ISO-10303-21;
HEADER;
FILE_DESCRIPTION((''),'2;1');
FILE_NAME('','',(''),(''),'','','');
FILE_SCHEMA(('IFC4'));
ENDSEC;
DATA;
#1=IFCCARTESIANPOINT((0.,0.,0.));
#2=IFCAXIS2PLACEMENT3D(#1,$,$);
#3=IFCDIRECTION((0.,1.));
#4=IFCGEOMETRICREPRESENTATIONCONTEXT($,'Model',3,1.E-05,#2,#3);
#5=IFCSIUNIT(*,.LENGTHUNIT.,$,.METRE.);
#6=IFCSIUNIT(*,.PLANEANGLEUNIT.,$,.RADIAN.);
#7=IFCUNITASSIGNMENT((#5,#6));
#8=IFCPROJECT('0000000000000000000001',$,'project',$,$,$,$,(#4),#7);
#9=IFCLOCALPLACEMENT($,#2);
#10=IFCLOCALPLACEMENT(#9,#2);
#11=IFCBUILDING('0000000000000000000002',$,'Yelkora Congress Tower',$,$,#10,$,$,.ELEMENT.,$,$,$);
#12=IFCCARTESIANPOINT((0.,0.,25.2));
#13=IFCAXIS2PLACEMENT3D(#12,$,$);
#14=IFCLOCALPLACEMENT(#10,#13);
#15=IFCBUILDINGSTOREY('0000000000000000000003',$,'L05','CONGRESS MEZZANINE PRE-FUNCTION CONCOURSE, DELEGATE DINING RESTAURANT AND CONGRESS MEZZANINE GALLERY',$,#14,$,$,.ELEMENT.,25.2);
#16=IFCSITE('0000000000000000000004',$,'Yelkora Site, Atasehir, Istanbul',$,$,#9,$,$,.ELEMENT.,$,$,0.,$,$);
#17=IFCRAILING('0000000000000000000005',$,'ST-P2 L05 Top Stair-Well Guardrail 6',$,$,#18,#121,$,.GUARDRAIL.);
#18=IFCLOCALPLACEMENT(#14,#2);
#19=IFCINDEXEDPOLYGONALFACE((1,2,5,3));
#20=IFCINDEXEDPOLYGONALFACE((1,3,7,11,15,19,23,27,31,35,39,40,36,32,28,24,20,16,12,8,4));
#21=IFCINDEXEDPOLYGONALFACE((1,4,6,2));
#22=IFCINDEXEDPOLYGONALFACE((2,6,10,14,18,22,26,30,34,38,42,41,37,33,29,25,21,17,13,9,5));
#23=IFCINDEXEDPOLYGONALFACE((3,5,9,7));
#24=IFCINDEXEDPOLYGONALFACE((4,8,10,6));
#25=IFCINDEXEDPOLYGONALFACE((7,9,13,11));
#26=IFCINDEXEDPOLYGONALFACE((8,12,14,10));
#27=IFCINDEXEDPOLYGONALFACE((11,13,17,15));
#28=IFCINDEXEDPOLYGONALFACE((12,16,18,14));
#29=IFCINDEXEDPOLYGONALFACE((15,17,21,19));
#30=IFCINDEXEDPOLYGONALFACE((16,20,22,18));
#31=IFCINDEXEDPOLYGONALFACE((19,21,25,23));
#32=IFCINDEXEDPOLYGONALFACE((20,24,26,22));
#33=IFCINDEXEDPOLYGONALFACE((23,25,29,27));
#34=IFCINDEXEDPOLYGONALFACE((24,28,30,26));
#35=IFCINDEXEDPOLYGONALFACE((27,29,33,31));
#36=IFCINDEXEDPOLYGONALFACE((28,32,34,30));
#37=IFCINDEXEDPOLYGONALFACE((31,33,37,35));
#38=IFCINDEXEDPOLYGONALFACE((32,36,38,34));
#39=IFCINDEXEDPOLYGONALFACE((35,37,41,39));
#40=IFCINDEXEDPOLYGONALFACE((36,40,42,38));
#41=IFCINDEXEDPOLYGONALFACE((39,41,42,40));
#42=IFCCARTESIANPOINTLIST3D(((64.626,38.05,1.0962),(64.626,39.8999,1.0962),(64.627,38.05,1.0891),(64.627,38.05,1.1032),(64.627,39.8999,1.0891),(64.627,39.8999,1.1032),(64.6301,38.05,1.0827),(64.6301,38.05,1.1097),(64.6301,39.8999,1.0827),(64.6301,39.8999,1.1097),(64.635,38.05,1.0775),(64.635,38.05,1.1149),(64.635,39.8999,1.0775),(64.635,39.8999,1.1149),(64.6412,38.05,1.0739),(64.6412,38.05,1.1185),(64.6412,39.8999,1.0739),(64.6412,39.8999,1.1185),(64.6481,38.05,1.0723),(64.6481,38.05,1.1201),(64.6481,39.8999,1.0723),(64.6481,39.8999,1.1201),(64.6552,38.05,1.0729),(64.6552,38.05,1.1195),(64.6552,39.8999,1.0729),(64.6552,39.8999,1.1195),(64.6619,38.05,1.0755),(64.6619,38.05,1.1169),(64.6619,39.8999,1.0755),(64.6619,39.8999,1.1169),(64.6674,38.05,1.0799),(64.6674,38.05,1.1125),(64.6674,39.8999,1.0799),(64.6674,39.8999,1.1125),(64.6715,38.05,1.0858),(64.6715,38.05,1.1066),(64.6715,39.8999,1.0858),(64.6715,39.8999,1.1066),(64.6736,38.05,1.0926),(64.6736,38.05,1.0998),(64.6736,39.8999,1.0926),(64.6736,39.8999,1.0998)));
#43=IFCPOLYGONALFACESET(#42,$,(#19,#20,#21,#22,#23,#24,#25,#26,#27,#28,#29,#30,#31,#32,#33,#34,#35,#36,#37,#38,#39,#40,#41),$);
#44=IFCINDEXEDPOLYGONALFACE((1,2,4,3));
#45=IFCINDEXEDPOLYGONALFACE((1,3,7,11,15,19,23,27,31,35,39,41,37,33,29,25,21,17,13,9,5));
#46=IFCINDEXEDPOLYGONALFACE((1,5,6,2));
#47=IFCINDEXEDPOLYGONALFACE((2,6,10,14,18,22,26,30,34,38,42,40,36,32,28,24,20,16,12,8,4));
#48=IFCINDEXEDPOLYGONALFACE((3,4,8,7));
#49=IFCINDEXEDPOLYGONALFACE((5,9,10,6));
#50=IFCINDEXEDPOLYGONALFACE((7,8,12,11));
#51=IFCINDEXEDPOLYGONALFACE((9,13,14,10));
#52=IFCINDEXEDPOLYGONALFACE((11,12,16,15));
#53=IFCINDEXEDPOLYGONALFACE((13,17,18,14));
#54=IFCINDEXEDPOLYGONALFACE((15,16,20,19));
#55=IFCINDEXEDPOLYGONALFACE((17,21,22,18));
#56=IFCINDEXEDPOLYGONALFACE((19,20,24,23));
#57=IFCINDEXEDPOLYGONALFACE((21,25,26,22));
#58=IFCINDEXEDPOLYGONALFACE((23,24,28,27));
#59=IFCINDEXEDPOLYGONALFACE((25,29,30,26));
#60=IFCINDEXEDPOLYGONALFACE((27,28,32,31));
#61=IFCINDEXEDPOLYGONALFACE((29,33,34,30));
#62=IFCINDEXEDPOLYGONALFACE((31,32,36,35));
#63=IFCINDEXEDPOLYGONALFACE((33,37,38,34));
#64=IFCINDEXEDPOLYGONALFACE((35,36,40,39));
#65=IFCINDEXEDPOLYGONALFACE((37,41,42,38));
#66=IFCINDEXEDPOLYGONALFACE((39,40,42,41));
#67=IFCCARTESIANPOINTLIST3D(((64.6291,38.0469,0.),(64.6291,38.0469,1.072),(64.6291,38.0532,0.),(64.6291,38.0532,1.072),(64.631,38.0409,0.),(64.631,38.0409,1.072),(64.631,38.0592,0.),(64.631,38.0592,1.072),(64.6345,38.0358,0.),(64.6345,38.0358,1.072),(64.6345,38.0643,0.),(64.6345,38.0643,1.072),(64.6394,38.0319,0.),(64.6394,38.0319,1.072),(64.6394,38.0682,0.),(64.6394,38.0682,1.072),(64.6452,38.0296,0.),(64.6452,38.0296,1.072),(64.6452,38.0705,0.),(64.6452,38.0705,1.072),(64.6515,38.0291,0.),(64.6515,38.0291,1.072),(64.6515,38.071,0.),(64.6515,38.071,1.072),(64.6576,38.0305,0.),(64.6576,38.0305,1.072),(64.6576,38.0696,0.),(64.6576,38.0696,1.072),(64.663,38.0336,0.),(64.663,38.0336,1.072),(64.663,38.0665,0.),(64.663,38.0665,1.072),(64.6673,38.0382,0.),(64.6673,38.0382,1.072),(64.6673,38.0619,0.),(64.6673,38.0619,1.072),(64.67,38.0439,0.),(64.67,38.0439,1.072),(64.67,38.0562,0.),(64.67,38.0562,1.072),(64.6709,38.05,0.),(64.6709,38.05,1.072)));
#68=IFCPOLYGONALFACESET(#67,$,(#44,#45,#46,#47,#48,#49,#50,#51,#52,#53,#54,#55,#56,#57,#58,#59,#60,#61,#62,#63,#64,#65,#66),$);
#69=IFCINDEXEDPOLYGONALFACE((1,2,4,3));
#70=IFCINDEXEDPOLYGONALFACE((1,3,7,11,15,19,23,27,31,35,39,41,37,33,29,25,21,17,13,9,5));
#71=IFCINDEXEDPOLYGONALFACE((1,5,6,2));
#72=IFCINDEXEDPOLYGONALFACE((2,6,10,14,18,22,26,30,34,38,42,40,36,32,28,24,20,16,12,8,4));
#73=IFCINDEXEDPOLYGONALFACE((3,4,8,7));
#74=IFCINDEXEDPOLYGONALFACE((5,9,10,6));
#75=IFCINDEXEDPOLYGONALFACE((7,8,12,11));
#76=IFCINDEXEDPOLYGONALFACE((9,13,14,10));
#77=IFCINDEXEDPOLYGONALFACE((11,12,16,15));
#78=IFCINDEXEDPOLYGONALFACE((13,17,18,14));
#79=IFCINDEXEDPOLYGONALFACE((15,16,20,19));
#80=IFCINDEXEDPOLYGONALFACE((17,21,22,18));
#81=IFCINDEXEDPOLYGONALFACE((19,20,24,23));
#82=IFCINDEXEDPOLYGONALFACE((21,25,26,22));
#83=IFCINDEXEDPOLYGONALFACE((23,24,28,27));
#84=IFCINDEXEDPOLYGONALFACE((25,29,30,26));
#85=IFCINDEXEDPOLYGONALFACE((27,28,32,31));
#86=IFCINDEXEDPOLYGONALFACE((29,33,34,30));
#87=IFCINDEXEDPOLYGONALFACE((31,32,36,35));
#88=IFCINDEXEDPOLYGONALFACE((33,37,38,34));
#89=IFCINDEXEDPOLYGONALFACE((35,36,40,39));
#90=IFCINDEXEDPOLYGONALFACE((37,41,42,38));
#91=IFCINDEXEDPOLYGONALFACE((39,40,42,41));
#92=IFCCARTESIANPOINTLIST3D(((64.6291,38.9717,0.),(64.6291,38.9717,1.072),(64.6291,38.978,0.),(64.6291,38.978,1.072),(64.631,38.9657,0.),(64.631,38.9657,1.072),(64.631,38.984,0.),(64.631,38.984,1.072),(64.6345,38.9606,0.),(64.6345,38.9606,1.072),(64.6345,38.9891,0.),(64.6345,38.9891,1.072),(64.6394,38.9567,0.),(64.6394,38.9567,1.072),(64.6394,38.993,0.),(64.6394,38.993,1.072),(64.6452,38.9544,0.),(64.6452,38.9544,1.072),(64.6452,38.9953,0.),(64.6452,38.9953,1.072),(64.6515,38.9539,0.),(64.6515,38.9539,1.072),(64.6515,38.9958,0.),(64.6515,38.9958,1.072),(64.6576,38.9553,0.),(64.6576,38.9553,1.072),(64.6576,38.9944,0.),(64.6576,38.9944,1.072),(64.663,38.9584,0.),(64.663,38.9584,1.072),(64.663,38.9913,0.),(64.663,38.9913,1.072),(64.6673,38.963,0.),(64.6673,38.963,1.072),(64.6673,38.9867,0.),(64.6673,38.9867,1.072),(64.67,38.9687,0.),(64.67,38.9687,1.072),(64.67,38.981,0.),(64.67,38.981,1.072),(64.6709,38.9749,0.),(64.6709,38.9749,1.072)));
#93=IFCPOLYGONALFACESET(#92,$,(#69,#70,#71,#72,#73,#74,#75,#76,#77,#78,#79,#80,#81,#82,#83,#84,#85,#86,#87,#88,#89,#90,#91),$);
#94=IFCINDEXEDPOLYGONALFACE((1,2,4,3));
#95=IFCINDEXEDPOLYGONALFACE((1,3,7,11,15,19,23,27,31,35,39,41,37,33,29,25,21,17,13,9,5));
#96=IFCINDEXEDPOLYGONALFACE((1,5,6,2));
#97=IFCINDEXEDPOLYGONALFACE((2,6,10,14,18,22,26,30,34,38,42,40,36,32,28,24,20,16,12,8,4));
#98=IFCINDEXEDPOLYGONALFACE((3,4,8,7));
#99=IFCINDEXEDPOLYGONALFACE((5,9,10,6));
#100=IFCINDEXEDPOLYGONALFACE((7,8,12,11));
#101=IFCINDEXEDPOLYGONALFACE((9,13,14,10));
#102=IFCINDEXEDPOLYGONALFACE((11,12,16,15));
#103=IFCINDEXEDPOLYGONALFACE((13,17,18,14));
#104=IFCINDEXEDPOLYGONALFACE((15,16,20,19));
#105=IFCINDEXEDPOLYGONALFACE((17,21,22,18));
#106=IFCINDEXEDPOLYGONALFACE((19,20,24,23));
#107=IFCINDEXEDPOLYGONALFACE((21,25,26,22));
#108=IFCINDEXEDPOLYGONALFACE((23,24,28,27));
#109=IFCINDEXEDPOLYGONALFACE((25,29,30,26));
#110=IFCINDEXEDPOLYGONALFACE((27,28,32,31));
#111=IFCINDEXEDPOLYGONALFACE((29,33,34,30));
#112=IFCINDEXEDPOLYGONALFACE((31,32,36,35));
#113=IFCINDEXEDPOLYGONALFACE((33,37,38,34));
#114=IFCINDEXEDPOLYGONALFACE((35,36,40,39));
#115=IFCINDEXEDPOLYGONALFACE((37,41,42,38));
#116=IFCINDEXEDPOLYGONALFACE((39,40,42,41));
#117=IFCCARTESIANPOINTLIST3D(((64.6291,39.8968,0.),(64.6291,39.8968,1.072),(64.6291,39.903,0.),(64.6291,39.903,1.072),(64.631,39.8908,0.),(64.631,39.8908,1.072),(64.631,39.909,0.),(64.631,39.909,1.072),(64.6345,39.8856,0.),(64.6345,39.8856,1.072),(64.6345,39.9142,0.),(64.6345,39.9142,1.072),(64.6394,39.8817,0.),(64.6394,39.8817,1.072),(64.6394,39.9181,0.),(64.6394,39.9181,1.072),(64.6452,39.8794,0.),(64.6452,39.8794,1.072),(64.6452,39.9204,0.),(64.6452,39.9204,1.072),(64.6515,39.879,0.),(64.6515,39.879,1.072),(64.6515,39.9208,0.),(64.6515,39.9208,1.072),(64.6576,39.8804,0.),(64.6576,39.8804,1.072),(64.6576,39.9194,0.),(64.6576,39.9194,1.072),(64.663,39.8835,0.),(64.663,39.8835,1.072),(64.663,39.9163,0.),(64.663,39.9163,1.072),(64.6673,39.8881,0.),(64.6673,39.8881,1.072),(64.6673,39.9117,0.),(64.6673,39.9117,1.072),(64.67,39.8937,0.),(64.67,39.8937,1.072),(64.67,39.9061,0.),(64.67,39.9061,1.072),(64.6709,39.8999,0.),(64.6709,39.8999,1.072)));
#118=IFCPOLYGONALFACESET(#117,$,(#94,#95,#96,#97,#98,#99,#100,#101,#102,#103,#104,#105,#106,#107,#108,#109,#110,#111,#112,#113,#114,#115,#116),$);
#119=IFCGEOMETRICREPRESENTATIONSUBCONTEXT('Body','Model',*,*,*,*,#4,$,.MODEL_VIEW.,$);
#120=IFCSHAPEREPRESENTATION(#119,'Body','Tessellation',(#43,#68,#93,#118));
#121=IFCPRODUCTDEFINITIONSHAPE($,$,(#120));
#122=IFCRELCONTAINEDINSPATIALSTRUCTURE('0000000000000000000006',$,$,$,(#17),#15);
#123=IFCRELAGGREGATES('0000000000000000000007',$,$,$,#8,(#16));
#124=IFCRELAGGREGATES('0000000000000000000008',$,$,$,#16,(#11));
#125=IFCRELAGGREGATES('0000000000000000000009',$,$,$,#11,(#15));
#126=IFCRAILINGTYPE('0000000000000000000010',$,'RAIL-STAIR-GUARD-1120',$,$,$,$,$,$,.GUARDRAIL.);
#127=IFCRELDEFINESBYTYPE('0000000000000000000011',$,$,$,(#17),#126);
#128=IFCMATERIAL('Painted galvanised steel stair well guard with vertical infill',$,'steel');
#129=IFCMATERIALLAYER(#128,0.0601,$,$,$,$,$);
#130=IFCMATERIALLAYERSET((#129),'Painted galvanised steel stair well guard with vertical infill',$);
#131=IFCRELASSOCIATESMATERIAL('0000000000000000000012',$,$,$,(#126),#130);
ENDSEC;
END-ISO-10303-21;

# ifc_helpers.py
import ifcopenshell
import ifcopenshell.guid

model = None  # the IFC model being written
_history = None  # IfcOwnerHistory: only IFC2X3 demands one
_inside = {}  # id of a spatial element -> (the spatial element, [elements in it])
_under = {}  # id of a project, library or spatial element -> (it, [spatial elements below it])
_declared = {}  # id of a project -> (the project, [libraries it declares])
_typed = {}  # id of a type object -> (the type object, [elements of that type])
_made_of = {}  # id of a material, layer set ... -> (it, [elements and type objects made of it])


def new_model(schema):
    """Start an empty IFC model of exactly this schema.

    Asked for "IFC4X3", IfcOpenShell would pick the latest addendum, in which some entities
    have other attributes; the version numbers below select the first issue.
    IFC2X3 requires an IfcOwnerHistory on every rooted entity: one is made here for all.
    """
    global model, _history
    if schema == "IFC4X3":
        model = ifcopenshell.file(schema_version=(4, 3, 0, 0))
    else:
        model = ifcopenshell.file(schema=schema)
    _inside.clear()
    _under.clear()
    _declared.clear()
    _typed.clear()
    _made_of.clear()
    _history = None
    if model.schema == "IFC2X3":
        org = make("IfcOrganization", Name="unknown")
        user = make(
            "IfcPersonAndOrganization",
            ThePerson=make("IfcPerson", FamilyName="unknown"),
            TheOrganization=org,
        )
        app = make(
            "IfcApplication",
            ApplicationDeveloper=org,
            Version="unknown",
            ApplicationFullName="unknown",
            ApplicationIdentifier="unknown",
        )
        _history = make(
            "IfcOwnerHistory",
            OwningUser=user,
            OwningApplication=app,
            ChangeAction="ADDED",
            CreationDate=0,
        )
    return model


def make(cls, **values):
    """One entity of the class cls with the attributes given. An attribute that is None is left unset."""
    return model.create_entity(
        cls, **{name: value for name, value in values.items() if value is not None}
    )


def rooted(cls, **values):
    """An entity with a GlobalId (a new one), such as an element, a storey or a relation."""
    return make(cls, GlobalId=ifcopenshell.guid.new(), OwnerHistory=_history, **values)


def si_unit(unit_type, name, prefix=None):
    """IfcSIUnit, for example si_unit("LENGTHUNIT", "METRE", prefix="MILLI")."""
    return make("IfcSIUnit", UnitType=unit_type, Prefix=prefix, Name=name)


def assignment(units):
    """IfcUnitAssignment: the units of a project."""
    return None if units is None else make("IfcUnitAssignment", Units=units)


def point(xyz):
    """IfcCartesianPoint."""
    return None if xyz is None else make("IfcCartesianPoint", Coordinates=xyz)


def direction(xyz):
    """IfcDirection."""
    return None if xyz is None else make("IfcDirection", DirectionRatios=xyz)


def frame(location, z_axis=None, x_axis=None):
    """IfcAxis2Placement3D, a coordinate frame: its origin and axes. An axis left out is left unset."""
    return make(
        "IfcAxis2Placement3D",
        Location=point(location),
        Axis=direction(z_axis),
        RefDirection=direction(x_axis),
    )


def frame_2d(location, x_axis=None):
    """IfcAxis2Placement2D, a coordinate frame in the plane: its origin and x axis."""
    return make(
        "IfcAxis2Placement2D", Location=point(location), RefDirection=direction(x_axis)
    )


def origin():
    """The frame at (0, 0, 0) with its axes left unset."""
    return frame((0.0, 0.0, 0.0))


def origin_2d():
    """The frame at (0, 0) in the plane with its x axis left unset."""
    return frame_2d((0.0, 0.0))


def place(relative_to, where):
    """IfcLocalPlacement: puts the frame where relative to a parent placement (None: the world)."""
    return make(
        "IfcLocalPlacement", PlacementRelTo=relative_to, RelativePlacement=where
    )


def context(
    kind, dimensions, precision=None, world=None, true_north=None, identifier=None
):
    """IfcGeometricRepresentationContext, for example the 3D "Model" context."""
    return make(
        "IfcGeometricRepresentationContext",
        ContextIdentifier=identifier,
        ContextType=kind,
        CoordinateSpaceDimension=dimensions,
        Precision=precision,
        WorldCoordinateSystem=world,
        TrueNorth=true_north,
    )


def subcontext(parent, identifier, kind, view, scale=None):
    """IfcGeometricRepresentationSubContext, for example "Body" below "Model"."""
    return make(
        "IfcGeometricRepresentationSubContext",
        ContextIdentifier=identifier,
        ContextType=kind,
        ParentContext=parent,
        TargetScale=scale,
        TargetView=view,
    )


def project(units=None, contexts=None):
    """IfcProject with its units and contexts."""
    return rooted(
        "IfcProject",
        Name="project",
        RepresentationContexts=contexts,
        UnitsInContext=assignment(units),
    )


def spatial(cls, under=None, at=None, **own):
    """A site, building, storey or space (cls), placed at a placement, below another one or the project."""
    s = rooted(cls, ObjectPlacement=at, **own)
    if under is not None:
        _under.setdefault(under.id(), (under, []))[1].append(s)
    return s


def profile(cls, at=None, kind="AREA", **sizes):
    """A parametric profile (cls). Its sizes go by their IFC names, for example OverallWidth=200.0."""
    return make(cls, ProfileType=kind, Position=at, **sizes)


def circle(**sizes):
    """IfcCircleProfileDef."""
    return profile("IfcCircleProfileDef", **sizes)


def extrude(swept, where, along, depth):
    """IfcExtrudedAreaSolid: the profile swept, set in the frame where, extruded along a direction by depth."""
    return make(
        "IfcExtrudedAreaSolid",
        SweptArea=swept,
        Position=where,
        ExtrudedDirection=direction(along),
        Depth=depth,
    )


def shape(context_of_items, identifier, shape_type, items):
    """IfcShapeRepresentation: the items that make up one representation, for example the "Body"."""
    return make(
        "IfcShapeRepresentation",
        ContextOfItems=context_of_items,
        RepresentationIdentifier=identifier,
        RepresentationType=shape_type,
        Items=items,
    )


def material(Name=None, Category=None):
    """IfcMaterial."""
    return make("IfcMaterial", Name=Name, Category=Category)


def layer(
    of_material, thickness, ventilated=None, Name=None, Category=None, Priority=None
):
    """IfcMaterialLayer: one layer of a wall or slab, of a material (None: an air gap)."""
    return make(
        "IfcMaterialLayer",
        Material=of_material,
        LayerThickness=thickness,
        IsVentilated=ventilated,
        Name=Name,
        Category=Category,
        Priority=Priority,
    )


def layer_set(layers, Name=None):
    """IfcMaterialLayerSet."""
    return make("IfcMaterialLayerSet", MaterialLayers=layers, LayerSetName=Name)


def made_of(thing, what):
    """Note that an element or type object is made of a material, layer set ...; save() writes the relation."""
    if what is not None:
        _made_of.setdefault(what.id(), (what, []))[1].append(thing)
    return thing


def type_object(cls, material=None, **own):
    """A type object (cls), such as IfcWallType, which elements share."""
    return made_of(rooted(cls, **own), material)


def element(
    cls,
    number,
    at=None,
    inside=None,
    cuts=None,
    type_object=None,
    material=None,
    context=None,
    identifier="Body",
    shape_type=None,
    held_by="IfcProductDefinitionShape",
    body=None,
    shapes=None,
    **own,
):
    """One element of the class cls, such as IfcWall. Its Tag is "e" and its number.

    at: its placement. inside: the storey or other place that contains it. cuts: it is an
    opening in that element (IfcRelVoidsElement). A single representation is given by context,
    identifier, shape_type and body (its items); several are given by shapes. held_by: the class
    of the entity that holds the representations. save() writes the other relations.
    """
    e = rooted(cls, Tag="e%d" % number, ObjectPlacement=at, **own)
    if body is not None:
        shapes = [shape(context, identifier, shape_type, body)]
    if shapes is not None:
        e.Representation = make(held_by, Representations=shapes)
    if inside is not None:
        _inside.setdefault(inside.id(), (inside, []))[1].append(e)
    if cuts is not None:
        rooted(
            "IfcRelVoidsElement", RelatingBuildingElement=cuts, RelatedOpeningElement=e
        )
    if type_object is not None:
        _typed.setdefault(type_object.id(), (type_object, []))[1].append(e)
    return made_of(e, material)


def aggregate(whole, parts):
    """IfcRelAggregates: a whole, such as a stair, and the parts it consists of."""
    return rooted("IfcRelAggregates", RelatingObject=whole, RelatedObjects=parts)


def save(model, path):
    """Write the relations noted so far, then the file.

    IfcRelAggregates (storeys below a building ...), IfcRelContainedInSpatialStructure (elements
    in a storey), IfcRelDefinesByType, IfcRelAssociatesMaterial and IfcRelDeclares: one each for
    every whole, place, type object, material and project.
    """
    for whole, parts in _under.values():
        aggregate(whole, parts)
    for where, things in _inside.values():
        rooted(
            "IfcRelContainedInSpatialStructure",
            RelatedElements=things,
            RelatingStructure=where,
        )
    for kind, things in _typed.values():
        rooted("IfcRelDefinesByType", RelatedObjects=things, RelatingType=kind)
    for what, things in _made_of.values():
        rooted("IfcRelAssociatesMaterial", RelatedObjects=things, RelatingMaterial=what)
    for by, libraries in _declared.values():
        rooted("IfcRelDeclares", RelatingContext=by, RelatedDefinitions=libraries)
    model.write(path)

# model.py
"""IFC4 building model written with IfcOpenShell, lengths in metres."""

from ifc_helpers import new_model, si_unit, direction, frame, origin, origin_2d, place, context, subcontext, project, spatial, circle, extrude, material, layer, layer_set, type_object, element, save


model = new_model("IFC4")

# Units and contexts
model_context = context("Model", 3, precision=1e-05, world=origin(), true_north=direction((0.0, 1.0)))
body_context = subcontext(model_context, "Body", "Model", "MODEL_VIEW")
ifc_project = project(units=[si_unit("LENGTHUNIT", "METRE"), si_unit("PLANEANGLEUNIT", "RADIAN")], contexts=[model_context])

# Site, building, storey
site_placement = place(None, origin())
site = spatial("IfcSite", under=ifc_project, at=site_placement, Name="Yelkora Site, Atasehir, Istanbul", CompositionType="ELEMENT", RefElevation=0.0)
building_placement = place(site_placement, origin())
building = spatial("IfcBuilding", under=site, at=building_placement, Name="Yelkora Congress Tower", CompositionType="ELEMENT")
storey_placement = place(building_placement, frame((0.0, 0.0, 25.2)))
storey = spatial("IfcBuildingStorey", under=building, at=storey_placement, Name="L05", Description="CONGRESS MEZZANINE PRE-FUNCTION CONCOURSE, DELEGATE DINING RESTAURANT AND CONGRESS MEZZANINE GALLERY", CompositionType="ELEMENT", Elevation=25.2)

# Railing
ifc_material_1 = material(Name="Painted galvanised steel stair well guard with vertical infill", Category="steel")
ifc_layer_1 = layer(ifc_material_1, 0.0601)
ifc_layer_set_1 = layer_set([ifc_layer_1], Name="Painted galvanised steel stair well guard with vertical infill")
railing_type_1 = type_object("IfcRailingType", Name="RAIL-STAIR-GUARD-1120", PredefinedType="GUARDRAIL", material=ifc_layer_set_1)
for number, where, name in (
    (1, (64.6499, 38.05, 0.0), "ST-P2 L05 Top Stair-Well Guardrail 6"),
):
    element("IfcRailing", number, at=place(storey_placement, frame(where)), inside=storey, type_object=railing_type_1, Name=name, PredefinedType="GUARDRAIL", context=body_context, shape_type="SweptSolid", body=[
        extrude(circle(Radius=0.0239, at=origin_2d()), frame((0.0, 0.0, 1.0962), z_axis=(0.0, 1.0, 0.0), x_axis=(-1.0, 0.0, 0.0)), (0.0, 0.0, 1.0), 1.8499),
        extrude(circle(Radius=0.021, at=origin_2d()), origin(), (0.0, 0.0, 1.0), 1.072),
        extrude(circle(Radius=0.021, at=origin_2d()), frame((0.0, 0.9248, 0.0)), (0.0, 0.0, 1.0), 1.072),
        extrude(circle(Radius=0.021, at=origin_2d()), frame((0.0, 1.8499, 0.0)), (0.0, 0.0, 1.0), 1.072),
    ])

save(model, "model.ifc")
